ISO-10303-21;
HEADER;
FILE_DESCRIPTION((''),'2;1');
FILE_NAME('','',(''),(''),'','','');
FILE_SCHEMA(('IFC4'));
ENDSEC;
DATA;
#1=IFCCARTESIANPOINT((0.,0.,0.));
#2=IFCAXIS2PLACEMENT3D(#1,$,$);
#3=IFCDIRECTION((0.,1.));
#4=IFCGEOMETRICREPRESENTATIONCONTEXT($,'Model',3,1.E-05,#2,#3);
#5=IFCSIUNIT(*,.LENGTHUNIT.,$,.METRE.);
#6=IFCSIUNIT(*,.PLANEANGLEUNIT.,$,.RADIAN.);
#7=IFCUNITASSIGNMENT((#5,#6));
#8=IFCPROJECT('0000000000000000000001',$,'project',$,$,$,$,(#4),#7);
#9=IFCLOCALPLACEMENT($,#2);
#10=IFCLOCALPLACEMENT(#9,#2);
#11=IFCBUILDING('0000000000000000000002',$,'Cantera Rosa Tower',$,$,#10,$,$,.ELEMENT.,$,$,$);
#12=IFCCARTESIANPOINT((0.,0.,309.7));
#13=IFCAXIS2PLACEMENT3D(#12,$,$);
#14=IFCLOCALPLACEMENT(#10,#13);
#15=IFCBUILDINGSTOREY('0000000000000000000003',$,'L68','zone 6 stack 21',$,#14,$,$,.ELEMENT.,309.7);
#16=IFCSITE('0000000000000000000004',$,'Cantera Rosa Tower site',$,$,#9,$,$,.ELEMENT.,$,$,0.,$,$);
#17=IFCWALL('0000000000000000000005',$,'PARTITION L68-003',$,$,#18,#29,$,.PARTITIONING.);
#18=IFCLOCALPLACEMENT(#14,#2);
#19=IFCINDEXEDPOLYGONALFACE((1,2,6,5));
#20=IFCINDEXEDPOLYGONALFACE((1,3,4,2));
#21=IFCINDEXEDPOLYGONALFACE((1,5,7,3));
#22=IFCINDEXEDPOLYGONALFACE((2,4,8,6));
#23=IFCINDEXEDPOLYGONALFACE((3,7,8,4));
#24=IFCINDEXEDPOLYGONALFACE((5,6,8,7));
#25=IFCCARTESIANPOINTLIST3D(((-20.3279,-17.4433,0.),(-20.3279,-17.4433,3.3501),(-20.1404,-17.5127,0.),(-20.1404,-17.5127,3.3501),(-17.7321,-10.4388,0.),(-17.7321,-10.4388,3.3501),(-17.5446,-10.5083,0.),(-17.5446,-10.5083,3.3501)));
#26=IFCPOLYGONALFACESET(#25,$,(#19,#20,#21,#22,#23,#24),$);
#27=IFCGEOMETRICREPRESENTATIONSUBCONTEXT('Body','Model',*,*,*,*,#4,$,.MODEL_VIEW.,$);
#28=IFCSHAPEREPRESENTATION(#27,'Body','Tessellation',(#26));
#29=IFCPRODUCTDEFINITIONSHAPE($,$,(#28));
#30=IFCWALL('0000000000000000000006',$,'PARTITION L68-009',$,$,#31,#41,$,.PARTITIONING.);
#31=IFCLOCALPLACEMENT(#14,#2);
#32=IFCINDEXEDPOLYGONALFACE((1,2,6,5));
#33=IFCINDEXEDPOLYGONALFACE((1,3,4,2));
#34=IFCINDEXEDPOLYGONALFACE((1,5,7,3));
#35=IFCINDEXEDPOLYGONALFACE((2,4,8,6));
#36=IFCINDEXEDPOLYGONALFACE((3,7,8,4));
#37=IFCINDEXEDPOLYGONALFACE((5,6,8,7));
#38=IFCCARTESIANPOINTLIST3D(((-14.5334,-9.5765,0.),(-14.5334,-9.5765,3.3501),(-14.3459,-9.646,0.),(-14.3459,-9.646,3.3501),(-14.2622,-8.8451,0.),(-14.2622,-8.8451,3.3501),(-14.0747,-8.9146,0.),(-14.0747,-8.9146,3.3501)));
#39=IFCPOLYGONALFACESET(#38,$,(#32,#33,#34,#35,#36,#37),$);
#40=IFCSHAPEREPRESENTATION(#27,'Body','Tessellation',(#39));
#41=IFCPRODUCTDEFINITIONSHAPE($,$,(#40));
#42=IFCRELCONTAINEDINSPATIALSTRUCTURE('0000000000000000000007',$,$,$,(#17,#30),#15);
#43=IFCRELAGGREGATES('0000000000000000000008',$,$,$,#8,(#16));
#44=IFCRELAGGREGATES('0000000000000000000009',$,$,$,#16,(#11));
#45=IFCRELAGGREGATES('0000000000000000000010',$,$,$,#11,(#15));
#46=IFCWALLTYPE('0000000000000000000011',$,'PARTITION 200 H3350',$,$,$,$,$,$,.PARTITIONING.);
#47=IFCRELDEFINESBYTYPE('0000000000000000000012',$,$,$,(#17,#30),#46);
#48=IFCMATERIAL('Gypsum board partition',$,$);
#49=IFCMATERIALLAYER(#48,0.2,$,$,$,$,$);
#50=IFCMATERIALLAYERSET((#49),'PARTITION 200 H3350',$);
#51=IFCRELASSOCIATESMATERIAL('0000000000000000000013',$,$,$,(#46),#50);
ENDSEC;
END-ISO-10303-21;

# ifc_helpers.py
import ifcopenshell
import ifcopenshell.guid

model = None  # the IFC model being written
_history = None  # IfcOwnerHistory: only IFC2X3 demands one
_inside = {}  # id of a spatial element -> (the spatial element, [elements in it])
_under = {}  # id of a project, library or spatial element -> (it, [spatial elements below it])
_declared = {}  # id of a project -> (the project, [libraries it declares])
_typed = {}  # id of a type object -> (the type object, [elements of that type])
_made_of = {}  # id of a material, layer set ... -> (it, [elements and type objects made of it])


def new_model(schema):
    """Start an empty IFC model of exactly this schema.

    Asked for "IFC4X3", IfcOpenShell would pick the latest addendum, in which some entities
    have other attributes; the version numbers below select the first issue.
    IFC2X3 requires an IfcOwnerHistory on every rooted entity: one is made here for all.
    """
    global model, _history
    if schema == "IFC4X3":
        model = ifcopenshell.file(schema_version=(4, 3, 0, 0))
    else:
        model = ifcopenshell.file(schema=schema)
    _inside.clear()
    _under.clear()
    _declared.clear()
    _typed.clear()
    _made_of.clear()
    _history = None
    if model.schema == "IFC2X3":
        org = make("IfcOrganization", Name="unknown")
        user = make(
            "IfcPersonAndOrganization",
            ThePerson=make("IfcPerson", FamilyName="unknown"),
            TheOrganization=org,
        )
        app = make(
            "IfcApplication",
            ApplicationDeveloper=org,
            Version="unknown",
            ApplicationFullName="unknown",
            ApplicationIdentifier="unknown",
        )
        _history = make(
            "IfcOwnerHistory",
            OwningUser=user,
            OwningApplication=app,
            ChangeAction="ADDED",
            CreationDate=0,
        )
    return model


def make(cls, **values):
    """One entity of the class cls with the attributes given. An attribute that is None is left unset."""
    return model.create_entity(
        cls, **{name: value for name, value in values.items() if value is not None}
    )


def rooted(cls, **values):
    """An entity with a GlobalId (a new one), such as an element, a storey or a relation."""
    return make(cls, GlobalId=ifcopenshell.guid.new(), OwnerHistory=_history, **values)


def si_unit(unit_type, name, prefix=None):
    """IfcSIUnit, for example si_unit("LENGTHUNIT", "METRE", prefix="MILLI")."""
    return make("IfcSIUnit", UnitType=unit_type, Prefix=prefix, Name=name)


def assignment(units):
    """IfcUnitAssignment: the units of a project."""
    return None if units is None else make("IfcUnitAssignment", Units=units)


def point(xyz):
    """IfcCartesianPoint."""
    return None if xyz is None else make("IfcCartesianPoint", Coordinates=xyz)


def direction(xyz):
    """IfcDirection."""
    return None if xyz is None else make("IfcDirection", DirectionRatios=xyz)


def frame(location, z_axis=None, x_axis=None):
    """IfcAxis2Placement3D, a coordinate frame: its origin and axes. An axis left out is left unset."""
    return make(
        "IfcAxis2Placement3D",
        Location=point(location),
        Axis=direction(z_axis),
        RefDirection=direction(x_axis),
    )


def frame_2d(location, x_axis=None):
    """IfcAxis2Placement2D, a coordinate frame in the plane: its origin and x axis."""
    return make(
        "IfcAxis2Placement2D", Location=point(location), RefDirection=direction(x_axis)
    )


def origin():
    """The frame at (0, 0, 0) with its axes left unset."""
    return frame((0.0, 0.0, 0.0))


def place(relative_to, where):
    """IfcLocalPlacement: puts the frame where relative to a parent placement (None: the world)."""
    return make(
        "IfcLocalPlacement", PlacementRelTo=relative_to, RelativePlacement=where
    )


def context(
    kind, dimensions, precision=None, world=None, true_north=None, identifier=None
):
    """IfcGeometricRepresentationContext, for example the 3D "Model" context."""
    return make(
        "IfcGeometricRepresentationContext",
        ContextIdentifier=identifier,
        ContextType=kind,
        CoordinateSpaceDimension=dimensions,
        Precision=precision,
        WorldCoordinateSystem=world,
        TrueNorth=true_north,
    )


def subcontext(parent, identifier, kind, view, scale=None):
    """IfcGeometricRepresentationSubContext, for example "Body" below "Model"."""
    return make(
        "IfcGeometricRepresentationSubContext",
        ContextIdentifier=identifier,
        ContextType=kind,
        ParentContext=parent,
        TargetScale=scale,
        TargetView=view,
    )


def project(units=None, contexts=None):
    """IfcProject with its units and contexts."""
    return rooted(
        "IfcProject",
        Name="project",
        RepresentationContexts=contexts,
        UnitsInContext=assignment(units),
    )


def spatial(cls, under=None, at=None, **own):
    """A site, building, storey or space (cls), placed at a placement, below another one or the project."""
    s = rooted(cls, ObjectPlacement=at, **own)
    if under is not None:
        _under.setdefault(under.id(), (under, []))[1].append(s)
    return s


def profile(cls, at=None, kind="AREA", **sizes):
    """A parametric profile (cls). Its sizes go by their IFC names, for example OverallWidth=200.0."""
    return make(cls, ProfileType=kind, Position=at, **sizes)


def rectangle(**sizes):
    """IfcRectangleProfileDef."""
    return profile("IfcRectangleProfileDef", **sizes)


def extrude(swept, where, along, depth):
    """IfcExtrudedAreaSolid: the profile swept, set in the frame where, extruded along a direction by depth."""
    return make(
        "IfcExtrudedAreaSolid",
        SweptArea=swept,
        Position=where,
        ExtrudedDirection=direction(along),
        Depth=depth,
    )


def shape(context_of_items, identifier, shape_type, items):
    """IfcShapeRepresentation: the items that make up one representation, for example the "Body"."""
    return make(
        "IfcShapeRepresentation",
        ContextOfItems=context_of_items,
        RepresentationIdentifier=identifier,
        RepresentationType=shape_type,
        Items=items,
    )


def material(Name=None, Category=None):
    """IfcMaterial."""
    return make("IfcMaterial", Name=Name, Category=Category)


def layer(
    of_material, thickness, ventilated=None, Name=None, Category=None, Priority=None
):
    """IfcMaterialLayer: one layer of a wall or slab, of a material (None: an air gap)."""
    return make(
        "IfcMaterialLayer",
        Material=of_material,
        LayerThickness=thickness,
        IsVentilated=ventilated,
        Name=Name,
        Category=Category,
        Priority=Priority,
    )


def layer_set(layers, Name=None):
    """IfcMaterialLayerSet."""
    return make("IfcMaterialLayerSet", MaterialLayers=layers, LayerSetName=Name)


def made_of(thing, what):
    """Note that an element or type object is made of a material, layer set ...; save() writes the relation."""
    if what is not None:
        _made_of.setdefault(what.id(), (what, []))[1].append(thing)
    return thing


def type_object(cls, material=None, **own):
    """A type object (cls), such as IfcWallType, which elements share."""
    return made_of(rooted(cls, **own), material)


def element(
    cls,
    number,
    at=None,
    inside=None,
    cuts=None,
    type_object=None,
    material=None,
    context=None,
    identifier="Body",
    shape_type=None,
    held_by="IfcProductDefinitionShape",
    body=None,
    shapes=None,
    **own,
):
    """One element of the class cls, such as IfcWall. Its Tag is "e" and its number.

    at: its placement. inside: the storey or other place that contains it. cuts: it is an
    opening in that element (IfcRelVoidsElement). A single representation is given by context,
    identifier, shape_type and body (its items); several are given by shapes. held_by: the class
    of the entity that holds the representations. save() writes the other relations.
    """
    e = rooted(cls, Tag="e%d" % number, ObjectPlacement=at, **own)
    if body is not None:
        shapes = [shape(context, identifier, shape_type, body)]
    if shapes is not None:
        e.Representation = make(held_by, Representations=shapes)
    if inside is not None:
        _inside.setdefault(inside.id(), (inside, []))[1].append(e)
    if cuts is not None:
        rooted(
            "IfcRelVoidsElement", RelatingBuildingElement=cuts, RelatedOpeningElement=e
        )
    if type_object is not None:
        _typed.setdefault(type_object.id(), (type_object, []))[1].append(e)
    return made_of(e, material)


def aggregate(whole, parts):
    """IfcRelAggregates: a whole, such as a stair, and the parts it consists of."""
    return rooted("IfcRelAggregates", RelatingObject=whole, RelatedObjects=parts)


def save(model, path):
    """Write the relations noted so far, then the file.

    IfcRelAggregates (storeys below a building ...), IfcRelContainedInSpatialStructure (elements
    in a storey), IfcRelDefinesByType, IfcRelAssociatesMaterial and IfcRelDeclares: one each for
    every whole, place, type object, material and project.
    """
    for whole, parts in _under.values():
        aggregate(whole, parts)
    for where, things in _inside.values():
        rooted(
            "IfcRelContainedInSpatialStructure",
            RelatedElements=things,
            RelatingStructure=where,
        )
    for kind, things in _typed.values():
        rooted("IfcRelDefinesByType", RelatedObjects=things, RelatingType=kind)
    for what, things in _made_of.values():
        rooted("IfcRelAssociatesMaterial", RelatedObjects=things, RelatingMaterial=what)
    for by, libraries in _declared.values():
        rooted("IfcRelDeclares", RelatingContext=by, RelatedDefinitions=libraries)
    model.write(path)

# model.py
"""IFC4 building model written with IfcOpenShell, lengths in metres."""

from ifc_helpers import new_model, si_unit, direction, frame, frame_2d, origin, place, context, subcontext, project, spatial, rectangle, extrude, material, layer, layer_set, type_object, element, save


model = new_model("IFC4")

# Units and contexts
model_context = context("Model", 3, precision=1e-05, world=origin(), true_north=direction((0.0, 1.0)))
body_context = subcontext(model_context, "Body", "Model", "MODEL_VIEW")
ifc_project = project(units=[si_unit("LENGTHUNIT", "METRE"), si_unit("PLANEANGLEUNIT", "RADIAN")], contexts=[model_context])

# Site, building, storey
site_placement = place(None, origin())
site = spatial("IfcSite", under=ifc_project, at=site_placement, Name="Cantera Rosa Tower site", CompositionType="ELEMENT", RefElevation=0.0)
building_placement = place(site_placement, origin())
building = spatial("IfcBuilding", under=site, at=building_placement, Name="Cantera Rosa Tower", CompositionType="ELEMENT")
storey_placement = place(building_placement, frame((0.0, 0.0, 309.7)))
storey = spatial("IfcBuildingStorey", under=building, at=storey_placement, Name="L68", Description="zone 6 stack 21", CompositionType="ELEMENT", Elevation=309.7)

# Walls
ifc_material_1 = material(Name="Gypsum board partition")
ifc_layer_1 = layer(ifc_material_1, 0.2)
ifc_layer_set_1 = layer_set([ifc_layer_1], Name="PARTITION 200 H3350")
wall_type_1 = type_object("IfcWallType", Name="PARTITION 200 H3350", PredefinedType="PARTITIONING", material=ifc_layer_set_1)
wall_1_placement = place(storey_placement, frame((-17.6384, -10.4736, 0.0), z_axis=(0.0, 0.0, 1.0), x_axis=(-0.347489, -0.937684, 0.0)))
element("IfcWall", 1, at=wall_1_placement, inside=storey, type_object=wall_type_1, Name="PARTITION L68-003", PredefinedType="PARTITIONING", context=body_context, shape_type="SweptSolid", body=[
    extrude(rectangle(XDim=7.47, YDim=0.2, at=frame_2d((3.7349, 0.0))), origin(), (0.0, 0.0, 1.0), 3.3501),
])
wall_2_placement = place(storey_placement, frame((-14.4397, -9.6113, 0.0), z_axis=(0.0, 0.0, 1.0), x_axis=(0.347691, 0.937609, 0.0)))
element("IfcWall", 2, at=wall_2_placement, inside=storey, type_object=wall_type_1, Name="PARTITION L68-009", PredefinedType="PARTITIONING", context=body_context, shape_type="SweptSolid", body=[
    extrude(rectangle(XDim=0.78, YDim=0.2, at=frame_2d((0.3901, 0.0))), origin(), (0.0, 0.0, 1.0), 3.3501),
])

save(model, "model.ifc")
